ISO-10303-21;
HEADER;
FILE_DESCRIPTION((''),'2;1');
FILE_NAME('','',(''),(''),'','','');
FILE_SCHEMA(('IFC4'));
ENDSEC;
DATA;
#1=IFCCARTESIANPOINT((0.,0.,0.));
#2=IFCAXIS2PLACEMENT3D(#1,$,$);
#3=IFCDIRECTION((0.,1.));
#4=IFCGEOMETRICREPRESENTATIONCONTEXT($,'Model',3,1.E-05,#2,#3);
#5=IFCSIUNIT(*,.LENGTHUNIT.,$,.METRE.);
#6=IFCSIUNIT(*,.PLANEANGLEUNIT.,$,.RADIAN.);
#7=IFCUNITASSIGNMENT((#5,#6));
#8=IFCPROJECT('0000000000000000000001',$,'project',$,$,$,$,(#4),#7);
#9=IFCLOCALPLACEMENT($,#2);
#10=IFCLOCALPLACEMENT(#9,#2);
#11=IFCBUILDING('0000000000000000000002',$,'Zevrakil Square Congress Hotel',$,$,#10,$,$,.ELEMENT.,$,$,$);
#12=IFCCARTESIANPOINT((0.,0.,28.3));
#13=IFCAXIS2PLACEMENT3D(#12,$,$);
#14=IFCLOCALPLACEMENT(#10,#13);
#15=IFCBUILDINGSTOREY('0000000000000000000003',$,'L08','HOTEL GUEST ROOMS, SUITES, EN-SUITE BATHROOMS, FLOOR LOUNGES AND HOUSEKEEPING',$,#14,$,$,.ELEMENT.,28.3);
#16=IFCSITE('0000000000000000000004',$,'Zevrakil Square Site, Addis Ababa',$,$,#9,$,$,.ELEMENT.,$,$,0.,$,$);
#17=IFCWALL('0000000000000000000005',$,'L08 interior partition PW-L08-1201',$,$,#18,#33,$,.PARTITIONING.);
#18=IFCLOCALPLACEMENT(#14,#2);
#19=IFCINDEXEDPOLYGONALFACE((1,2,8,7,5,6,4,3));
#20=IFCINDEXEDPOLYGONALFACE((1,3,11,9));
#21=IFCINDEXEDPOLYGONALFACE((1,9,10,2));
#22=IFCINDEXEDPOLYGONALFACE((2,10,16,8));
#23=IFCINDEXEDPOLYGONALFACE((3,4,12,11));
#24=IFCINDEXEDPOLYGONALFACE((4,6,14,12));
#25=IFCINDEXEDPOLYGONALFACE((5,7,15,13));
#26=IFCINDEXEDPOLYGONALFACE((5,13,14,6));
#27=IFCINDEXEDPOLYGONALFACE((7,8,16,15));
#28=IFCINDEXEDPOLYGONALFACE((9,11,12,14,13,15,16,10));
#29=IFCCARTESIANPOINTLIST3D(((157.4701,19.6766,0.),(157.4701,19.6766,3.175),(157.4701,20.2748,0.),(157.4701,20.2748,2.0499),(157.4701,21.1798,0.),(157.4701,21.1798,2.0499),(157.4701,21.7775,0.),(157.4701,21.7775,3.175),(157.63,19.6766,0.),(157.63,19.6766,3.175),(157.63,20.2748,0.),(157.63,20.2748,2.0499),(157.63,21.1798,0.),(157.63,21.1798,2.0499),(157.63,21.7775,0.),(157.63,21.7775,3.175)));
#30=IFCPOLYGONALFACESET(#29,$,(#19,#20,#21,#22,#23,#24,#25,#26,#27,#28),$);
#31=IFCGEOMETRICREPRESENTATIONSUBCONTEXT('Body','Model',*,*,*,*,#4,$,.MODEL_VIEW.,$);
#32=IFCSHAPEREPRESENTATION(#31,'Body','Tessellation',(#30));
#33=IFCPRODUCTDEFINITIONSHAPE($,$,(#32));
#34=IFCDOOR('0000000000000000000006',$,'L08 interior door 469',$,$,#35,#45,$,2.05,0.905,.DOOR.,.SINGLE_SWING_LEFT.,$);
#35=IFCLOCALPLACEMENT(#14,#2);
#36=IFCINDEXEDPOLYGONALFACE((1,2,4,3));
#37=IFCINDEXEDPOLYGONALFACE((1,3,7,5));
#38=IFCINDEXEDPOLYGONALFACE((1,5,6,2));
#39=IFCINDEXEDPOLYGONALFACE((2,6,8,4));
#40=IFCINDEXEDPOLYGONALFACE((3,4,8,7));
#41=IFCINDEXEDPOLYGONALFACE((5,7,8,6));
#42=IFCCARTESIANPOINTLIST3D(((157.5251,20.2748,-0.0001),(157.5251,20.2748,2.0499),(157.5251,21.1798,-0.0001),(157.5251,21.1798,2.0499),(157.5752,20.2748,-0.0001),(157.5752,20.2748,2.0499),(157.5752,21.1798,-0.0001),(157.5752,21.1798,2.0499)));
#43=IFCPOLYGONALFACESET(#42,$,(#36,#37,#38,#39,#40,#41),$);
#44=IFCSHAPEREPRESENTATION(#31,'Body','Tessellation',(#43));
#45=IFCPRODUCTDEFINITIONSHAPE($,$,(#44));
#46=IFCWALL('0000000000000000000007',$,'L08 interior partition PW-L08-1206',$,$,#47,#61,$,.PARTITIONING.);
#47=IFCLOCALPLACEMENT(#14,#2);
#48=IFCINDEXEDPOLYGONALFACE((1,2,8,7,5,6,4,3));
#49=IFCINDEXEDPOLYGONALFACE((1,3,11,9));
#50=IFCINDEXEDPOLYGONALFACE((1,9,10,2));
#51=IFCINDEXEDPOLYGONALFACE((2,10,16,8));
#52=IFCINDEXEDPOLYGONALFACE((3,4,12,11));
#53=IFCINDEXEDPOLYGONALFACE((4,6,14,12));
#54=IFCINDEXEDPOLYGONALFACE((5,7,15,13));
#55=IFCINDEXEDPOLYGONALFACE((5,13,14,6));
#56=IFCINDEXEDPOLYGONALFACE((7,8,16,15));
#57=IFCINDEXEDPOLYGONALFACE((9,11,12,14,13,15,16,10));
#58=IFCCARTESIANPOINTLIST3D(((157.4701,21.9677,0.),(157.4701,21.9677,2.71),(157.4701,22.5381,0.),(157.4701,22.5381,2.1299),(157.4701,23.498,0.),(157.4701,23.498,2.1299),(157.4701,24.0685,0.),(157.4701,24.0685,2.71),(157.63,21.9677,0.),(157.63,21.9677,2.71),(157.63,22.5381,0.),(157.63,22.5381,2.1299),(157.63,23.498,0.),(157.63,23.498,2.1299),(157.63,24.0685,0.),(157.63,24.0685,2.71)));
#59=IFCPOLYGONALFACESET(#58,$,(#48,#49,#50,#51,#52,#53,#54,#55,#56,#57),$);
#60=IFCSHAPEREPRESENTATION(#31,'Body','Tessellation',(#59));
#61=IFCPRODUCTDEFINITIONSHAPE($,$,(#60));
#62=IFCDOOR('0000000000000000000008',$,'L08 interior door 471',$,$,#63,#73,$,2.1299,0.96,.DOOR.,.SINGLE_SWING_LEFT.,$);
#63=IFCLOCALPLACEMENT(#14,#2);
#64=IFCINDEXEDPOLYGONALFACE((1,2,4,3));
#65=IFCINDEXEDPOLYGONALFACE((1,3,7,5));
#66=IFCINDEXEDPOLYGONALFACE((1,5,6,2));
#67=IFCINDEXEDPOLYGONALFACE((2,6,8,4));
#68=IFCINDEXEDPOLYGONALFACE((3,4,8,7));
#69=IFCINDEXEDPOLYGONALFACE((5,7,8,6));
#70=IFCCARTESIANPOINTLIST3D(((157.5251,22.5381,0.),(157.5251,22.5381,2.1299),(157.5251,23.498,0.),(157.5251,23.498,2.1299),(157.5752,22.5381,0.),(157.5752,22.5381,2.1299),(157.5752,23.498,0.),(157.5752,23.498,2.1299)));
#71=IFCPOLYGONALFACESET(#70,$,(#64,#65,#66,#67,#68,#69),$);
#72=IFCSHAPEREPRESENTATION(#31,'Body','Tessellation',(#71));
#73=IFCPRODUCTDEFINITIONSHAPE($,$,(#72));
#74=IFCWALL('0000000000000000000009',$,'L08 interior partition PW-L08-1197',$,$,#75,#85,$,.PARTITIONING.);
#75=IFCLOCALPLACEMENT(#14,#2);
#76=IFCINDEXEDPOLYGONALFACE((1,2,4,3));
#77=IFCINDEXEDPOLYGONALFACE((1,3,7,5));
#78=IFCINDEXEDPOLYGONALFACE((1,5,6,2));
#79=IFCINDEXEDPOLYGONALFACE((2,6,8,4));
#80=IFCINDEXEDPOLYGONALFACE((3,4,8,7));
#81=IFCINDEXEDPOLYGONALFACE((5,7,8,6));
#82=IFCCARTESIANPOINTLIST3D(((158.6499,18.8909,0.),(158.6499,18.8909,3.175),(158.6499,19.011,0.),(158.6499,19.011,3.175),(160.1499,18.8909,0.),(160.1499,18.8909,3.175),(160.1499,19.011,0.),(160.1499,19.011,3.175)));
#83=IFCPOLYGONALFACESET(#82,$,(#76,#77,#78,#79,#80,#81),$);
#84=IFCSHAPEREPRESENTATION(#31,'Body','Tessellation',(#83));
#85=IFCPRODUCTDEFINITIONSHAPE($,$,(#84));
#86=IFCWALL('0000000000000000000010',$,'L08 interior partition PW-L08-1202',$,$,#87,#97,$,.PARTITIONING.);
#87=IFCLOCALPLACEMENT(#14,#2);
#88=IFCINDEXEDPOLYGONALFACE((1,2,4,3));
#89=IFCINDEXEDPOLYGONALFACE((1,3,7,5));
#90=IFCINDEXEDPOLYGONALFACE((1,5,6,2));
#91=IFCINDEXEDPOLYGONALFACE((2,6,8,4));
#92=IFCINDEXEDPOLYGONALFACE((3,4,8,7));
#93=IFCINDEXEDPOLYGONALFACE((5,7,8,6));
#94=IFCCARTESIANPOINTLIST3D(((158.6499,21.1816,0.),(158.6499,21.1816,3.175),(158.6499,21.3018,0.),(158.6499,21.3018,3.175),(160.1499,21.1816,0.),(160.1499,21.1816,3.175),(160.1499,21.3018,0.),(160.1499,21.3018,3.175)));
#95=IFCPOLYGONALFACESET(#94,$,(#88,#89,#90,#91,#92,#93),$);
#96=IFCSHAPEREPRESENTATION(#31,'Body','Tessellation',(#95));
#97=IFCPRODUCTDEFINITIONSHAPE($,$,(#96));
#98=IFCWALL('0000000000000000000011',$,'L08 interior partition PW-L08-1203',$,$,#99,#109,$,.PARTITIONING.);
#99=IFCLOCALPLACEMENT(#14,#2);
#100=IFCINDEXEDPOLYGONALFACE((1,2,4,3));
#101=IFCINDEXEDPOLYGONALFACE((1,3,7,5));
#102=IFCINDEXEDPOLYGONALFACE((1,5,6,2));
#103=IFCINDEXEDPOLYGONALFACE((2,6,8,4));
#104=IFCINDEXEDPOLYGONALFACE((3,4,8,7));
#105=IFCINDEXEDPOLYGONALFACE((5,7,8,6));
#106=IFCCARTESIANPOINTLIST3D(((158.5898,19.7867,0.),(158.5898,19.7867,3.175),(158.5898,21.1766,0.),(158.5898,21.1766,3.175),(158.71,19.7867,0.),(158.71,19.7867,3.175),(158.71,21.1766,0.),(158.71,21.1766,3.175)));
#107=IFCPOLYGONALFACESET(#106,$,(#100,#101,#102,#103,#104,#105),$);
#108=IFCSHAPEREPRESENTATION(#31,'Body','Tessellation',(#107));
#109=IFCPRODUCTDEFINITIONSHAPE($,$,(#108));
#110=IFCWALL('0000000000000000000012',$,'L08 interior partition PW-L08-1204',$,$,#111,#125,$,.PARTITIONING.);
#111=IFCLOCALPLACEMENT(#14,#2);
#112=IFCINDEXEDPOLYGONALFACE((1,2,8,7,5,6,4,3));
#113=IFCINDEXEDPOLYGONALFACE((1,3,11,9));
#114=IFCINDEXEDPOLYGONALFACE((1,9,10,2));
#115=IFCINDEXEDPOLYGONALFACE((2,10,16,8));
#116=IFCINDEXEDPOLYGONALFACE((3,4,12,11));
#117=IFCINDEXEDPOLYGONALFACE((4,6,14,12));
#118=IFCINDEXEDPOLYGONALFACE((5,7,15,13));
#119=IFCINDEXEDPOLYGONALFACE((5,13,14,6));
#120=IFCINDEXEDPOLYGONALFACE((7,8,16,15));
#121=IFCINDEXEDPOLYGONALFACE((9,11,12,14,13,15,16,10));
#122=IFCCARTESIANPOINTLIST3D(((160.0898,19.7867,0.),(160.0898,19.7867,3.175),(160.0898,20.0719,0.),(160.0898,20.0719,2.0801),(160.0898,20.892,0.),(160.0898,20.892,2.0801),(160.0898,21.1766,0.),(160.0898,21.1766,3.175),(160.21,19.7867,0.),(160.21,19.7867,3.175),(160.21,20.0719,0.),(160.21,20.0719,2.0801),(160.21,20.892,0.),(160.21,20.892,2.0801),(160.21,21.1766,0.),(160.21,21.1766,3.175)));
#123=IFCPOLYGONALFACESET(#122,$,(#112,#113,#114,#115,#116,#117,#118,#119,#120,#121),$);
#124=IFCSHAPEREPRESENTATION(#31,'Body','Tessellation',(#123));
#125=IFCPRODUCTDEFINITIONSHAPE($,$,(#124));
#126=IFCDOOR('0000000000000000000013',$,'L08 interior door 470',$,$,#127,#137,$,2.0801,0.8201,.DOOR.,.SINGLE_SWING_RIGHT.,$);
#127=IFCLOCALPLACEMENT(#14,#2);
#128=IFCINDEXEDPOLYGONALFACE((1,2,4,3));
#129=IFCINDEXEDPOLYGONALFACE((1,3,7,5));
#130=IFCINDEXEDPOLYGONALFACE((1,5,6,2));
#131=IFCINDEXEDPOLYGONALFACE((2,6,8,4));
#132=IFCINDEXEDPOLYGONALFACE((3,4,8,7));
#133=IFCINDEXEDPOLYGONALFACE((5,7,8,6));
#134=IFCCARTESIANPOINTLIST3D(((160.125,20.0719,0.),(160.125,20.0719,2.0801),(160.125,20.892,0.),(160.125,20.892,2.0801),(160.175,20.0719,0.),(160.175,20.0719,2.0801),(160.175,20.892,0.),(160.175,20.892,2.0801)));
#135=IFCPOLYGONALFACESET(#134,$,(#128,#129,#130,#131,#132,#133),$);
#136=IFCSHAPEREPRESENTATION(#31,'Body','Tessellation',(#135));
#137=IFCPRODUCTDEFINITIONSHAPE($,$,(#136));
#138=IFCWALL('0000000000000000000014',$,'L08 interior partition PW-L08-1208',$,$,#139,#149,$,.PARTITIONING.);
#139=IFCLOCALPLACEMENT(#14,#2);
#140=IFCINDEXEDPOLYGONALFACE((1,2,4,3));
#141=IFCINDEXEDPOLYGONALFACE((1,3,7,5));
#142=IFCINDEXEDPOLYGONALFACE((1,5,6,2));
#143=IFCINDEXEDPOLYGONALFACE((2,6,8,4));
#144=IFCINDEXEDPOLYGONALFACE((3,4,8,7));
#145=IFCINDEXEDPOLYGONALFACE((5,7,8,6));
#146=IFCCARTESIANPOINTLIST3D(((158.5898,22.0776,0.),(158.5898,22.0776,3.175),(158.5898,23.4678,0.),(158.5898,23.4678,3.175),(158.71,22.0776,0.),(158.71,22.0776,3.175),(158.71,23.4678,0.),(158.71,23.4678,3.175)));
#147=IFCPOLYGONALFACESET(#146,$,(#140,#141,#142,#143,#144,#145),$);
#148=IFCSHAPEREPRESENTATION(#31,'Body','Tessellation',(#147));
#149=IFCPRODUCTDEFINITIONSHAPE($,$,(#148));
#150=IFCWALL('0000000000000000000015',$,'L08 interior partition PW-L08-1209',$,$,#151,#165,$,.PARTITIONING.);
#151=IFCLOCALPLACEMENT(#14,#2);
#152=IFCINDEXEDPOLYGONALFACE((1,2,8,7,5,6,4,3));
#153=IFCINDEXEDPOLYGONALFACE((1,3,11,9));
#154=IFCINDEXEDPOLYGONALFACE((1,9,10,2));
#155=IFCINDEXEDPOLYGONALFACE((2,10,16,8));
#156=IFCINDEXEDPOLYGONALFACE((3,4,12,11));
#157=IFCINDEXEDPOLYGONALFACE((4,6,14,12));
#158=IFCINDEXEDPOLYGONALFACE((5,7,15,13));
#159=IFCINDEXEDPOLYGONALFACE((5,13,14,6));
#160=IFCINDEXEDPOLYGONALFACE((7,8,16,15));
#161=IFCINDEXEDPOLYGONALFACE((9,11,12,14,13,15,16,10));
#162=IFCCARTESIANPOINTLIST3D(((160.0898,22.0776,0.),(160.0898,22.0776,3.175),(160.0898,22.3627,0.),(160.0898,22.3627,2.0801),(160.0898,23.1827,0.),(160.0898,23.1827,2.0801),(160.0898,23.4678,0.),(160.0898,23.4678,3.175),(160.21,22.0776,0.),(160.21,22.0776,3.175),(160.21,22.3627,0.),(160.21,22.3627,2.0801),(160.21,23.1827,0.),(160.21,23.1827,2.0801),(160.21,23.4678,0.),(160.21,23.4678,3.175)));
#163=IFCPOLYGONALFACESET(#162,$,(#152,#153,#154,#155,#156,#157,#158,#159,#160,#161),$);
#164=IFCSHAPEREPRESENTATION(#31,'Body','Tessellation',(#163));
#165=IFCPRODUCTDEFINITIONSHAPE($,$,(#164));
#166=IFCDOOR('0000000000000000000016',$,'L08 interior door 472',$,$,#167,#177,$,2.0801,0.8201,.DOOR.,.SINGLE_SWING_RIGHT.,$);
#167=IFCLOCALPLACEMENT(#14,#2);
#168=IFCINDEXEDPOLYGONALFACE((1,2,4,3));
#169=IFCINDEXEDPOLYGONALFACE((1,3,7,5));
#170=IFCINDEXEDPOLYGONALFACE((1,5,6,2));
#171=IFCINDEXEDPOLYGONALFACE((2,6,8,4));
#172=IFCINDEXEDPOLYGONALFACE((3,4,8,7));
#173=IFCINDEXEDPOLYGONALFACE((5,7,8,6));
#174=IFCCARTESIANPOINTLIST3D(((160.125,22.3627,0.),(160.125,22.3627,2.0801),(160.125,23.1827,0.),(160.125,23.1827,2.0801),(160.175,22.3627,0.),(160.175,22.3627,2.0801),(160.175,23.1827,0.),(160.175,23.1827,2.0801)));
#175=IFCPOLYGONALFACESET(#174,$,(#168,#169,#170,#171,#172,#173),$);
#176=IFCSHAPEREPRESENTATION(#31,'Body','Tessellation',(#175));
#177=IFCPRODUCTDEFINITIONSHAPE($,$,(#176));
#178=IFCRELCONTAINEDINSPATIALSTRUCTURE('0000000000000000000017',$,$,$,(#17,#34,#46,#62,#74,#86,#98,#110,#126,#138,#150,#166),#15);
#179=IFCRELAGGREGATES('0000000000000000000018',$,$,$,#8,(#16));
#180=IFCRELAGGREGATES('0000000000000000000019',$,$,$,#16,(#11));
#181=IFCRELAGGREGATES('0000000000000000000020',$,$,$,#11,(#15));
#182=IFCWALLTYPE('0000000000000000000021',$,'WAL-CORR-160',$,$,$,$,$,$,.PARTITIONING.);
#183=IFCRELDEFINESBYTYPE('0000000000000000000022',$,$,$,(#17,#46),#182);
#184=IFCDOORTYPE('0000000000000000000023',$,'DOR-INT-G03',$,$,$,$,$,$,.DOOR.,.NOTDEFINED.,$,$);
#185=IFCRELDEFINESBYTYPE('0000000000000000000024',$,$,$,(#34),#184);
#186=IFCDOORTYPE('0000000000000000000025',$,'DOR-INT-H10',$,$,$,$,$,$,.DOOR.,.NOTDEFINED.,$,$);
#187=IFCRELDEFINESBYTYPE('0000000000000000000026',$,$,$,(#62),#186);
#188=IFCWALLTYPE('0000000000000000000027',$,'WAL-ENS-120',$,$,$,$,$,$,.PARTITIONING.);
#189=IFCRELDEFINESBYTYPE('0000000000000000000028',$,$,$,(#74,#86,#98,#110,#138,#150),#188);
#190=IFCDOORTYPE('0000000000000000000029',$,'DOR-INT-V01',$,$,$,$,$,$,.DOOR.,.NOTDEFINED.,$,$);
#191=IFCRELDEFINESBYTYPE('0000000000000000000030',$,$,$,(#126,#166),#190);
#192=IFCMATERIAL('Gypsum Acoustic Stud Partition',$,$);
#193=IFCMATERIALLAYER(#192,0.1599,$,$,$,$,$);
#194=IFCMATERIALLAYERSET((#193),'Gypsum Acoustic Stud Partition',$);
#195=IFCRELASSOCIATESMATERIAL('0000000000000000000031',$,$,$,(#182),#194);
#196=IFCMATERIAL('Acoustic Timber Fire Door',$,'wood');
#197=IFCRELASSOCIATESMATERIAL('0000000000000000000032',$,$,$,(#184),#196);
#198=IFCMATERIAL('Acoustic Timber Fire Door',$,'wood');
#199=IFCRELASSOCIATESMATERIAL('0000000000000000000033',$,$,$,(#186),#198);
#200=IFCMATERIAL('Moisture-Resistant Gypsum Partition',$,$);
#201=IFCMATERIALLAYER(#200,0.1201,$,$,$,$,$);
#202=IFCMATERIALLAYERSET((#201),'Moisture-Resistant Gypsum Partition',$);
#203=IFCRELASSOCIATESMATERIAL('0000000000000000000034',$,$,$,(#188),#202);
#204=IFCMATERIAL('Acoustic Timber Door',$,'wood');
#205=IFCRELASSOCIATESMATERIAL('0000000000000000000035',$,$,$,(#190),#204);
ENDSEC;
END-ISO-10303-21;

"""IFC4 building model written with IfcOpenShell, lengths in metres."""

from ifc_helpers import new_model, si_unit, direction, frame, frame_2d, origin, place, context, subcontext, project, spatial, rectangle, extrude, material, layer, layer_set, type_object, element, fill, save


model = new_model("IFC4")

# Units and contexts
model_context = context("Model", 3, precision=1e-05, world=origin(), true_north=direction((0.0, 1.0)))
body_context = subcontext(model_context, "Body", "Model", "MODEL_VIEW")
ifc_project = project(units=[si_unit("LENGTHUNIT", "METRE"), si_unit("PLANEANGLEUNIT", "RADIAN")], contexts=[model_context])

# Site, building, storey
site_placement = place(None, origin())
site = spatial("IfcSite", under=ifc_project, at=site_placement, Name="Zevrakil Square Site, Addis Ababa", CompositionType="ELEMENT", RefElevation=0.0)
building_placement = place(site_placement, origin())
building = spatial("IfcBuilding", under=site, at=building_placement, Name="Zevrakil Square Congress Hotel", CompositionType="ELEMENT")
storey_placement = place(building_placement, frame((0.0, 0.0, 28.3)))
storey = spatial("IfcBuildingStorey", under=building, at=storey_placement, Name="L08", Description="HOTEL GUEST ROOMS, SUITES, EN-SUITE BATHROOMS, FLOOR LOUNGES AND HOUSEKEEPING", CompositionType="ELEMENT", Elevation=28.3)

# Walls, openings, doors
ifc_material_1 = material(Name="Gypsum Acoustic Stud Partition")
ifc_layer_1 = layer(ifc_material_1, 0.1599)
ifc_layer_set_1 = layer_set([ifc_layer_1], Name="Gypsum Acoustic Stud Partition")
wall_type_1 = type_object("IfcWallType", Name="WAL-CORR-160", PredefinedType="PARTITIONING", material=ifc_layer_set_1)
wall_1_placement = place(storey_placement, frame((157.55, 19.6768, 0.0), z_axis=(0.0, 0.0, 1.0), x_axis=(0.0, 1.0, 0.0)))
wall_1 = element("IfcWall", 1, at=wall_1_placement, inside=storey, type_object=wall_type_1, Name="L08 interior partition PW-L08-1201", PredefinedType="PARTITIONING", context=body_context, shape_type="SweptSolid", body=[
    extrude(rectangle(XDim=2.1008, YDim=0.1599, at=frame_2d((1.0503, 0.0))), origin(), (0.0, 0.0, 1.0), 3.175),
])
opening_1_placement = place(wall_1_placement, frame((0.5979, 0.0, 0.0)))
opening_1 = element("IfcOpeningElement", 2, at=opening_1_placement, cuts=wall_1, PredefinedType="OPENING", context=body_context, shape_type="SweptSolid", body=[
    extrude(rectangle(XDim=0.905, YDim=2.05, at=frame_2d((0.4526, 1.0249))), frame((0.0, 0.0898, 0.0), z_axis=(0.0, -1.0, 0.0), x_axis=(1.0, 0.0, 0.0)), (0.0, 0.0, 1.0), 0.1799),
])
ifc_material_2 = material(Name="Acoustic Timber Fire Door", Category="wood")
door_type_1 = type_object("IfcDoorType", Name="DOR-INT-G03", OperationType="NOTDEFINED", PredefinedType="DOOR", material=ifc_material_2)
door_1_placement = place(opening_1_placement, origin())
door_1 = element("IfcDoor", 3, at=door_1_placement, inside=storey, type_object=door_type_1, Name="L08 interior door 469", OperationType="SINGLE_SWING_LEFT", OverallHeight=2.05, OverallWidth=0.905, PredefinedType="DOOR", context=body_context, shape_type="SweptSolid", body=[
    extrude(rectangle(XDim=0.905, YDim=2.05, at=frame_2d((0.4526, 1.0249))), frame((0.0, 0.0249, 0.0), z_axis=(0.0, -1.0, 0.0), x_axis=(1.0, 0.0, 0.0)), (0.0, 0.0, 1.0), 0.05),
])
fill(opening_1, door_1)
wall_2_placement = place(storey_placement, frame((157.55, 21.9678, 0.0), z_axis=(0.0, 0.0, 1.0), x_axis=(0.0, 1.0, 0.0)))
wall_2 = element("IfcWall", 4, at=wall_2_placement, inside=storey, type_object=wall_type_1, Name="L08 interior partition PW-L08-1206", PredefinedType="PARTITIONING", context=body_context, shape_type="SweptSolid", body=[
    extrude(rectangle(XDim=2.1008, YDim=0.1599, at=frame_2d((1.0503, 0.0))), origin(), (0.0, 0.0, 1.0), 2.71),
])
opening_2_placement = place(wall_2_placement, frame((0.5703, 0.0, 0.0)))
opening_2 = element("IfcOpeningElement", 5, at=opening_2_placement, cuts=wall_2, PredefinedType="OPENING", context=body_context, shape_type="SweptSolid", body=[
    extrude(rectangle(XDim=0.96, YDim=2.1299, at=frame_2d((0.48, 1.0649))), frame((0.0, 0.0898, 0.0), z_axis=(0.0, -1.0, 0.0), x_axis=(1.0, 0.0, 0.0)), (0.0, 0.0, 1.0), 0.1799),
])
ifc_material_3 = material(Name="Acoustic Timber Fire Door", Category="wood")
door_type_2 = type_object("IfcDoorType", Name="DOR-INT-H10", OperationType="NOTDEFINED", PredefinedType="DOOR", material=ifc_material_3)
door_2_placement = place(opening_2_placement, origin())
door_2 = element("IfcDoor", 6, at=door_2_placement, inside=storey, type_object=door_type_2, Name="L08 interior door 471", OperationType="SINGLE_SWING_LEFT", OverallHeight=2.1299, OverallWidth=0.96, PredefinedType="DOOR", context=body_context, shape_type="SweptSolid", body=[
    extrude(rectangle(XDim=0.96, YDim=2.1299, at=frame_2d((0.48, 1.0649))), frame((0.0, 0.0249, 0.0), z_axis=(0.0, -1.0, 0.0), x_axis=(1.0, 0.0, 0.0)), (0.0, 0.0, 1.0), 0.05),
])
fill(opening_2, door_2)

# Walls
ifc_material_4 = material(Name="Moisture-Resistant Gypsum Partition")
ifc_layer_2 = layer(ifc_material_4, 0.1201)
ifc_layer_set_2 = layer_set([ifc_layer_2], Name="Moisture-Resistant Gypsum Partition")
wall_type_2 = type_object("IfcWallType", Name="WAL-ENS-120", PredefinedType="PARTITIONING", material=ifc_layer_set_2)
for number, where, z_axis, x_axis, name in (
    (7, (158.6499, 18.9509, 0.0), (0.0, 0.0, 1.0), (1.0, 0.0, 0.0), "L08 interior partition PW-L08-1197"),
    (8, (158.6499, 21.2417, 0.0), (0.0, 0.0, 1.0), (1.0, 0.0, 0.0), "L08 interior partition PW-L08-1202"),
):
    element("IfcWall", number, at=place(storey_placement, frame(where, z_axis=z_axis, x_axis=x_axis)), inside=storey, type_object=wall_type_2, Name=name, PredefinedType="PARTITIONING", context=body_context, shape_type="SweptSolid", body=[
        extrude(rectangle(XDim=1.5, YDim=0.1201, at=frame_2d((0.75, 0.0))), origin(), (0.0, 0.0, 1.0), 3.175),
    ])
wall_3_placement = place(storey_placement, frame((158.6499, 19.7869, 0.0), z_axis=(0.0, 0.0, 1.0), x_axis=(0.0, 1.0, 0.0)))
element("IfcWall", 9, at=wall_3_placement, inside=storey, type_object=wall_type_2, Name="L08 interior partition PW-L08-1203", PredefinedType="PARTITIONING", context=body_context, shape_type="SweptSolid", body=[
    extrude(rectangle(XDim=1.3899, YDim=0.1201, at=frame_2d((0.6948, 0.0))), origin(), (0.0, 0.0, 1.0), 3.175),
])

# Wall, opening, door
wall_4_placement = place(storey_placement, frame((160.1499, 19.7869, 0.0), z_axis=(0.0, 0.0, 1.0), x_axis=(0.0, 1.0, 0.0)))
wall_4 = element("IfcWall", 10, at=wall_4_placement, inside=storey, type_object=wall_type_2, Name="L08 interior partition PW-L08-1204", PredefinedType="PARTITIONING", context=body_context, shape_type="SweptSolid", body=[
    extrude(rectangle(XDim=1.3899, YDim=0.1201, at=frame_2d((0.6948, 0.0))), origin(), (0.0, 0.0, 1.0), 3.175),
])
opening_3_placement = place(wall_4_placement, frame((0.2849, 0.0, 0.0)))
opening_3 = element("IfcOpeningElement", 11, at=opening_3_placement, cuts=wall_4, PredefinedType="OPENING", context=body_context, shape_type="SweptSolid", body=[
    extrude(rectangle(XDim=0.8201, YDim=2.0801, at=frame_2d((0.4102, 1.04))), frame((0.0, 0.0701, 0.0), z_axis=(0.0, -1.0, 0.0), x_axis=(1.0, 0.0, 0.0)), (0.0, 0.0, 1.0), 0.1401),
])
ifc_material_5 = material(Name="Acoustic Timber Door", Category="wood")
door_type_3 = type_object("IfcDoorType", Name="DOR-INT-V01", OperationType="NOTDEFINED", PredefinedType="DOOR", material=ifc_material_5)
door_3_placement = place(opening_3_placement, origin())
door_3 = element("IfcDoor", 12, at=door_3_placement, inside=storey, type_object=door_type_3, Name="L08 interior door 470", OperationType="SINGLE_SWING_RIGHT", OverallHeight=2.0801, OverallWidth=0.8201, PredefinedType="DOOR", context=body_context, shape_type="SweptSolid", body=[
    extrude(rectangle(XDim=0.8201, YDim=2.0801, at=frame_2d((0.4102, 1.04))), frame((0.0, 0.0249, 0.0), z_axis=(0.0, -1.0, 0.0), x_axis=(1.0, 0.0, 0.0)), (0.0, 0.0, 1.0), 0.05),
])
fill(opening_3, door_3)

# Wall
wall_5_placement = place(storey_placement, frame((158.6499, 22.0776, 0.0), z_axis=(0.0, 0.0, 1.0), x_axis=(0.0, 1.0, 0.0)))
element("IfcWall", 13, at=wall_5_placement, inside=storey, type_object=wall_type_2, Name="L08 interior partition PW-L08-1208", PredefinedType="PARTITIONING", context=body_context, shape_type="SweptSolid", body=[
    extrude(rectangle(XDim=1.3901, YDim=0.1201, at=frame_2d((0.6951, 0.0))), origin(), (0.0, 0.0, 1.0), 3.175),
])

# Wall, opening, door
wall_6_placement = place(storey_placement, frame((160.1499, 22.0776, 0.0), z_axis=(0.0, 0.0, 1.0), x_axis=(0.0, 1.0, 0.0)))
wall_6 = element("IfcWall", 14, at=wall_6_placement, inside=storey, type_object=wall_type_2, Name="L08 interior partition PW-L08-1209", PredefinedType="PARTITIONING", context=body_context, shape_type="SweptSolid", body=[
    extrude(rectangle(XDim=1.3901, YDim=0.1201, at=frame_2d((0.6951, 0.0))), origin(), (0.0, 0.0, 1.0), 3.175),
])
opening_4_placement = place(wall_6_placement, frame((0.2849, 0.0, 0.0)))
opening_4 = element("IfcOpeningElement", 15, at=opening_4_placement, cuts=wall_6, PredefinedType="OPENING", context=body_context, shape_type="SweptSolid", body=[
    extrude(rectangle(XDim=0.8201, YDim=2.0801, at=frame_2d((0.4102, 1.04))), frame((0.0, 0.0701, 0.0), z_axis=(0.0, -1.0, 0.0), x_axis=(1.0, 0.0, 0.0)), (0.0, 0.0, 1.0), 0.1401),
])
door_4_placement = place(opening_4_placement, origin())
door_4 = element("IfcDoor", 16, at=door_4_placement, inside=storey, type_object=door_type_3, Name="L08 interior door 472", OperationType="SINGLE_SWING_RIGHT", OverallHeight=2.0801, OverallWidth=0.8201, PredefinedType="DOOR", context=body_context, shape_type="SweptSolid", body=[
    extrude(rectangle(XDim=0.8201, YDim=2.0801, at=frame_2d((0.4102, 1.04))), frame((0.0, 0.0249, 0.0), z_axis=(0.0, -1.0, 0.0), x_axis=(1.0, 0.0, 0.0)), (0.0, 0.0, 1.0), 0.05),
])
fill(opening_4, door_4)

save(model, "model.ifc")
